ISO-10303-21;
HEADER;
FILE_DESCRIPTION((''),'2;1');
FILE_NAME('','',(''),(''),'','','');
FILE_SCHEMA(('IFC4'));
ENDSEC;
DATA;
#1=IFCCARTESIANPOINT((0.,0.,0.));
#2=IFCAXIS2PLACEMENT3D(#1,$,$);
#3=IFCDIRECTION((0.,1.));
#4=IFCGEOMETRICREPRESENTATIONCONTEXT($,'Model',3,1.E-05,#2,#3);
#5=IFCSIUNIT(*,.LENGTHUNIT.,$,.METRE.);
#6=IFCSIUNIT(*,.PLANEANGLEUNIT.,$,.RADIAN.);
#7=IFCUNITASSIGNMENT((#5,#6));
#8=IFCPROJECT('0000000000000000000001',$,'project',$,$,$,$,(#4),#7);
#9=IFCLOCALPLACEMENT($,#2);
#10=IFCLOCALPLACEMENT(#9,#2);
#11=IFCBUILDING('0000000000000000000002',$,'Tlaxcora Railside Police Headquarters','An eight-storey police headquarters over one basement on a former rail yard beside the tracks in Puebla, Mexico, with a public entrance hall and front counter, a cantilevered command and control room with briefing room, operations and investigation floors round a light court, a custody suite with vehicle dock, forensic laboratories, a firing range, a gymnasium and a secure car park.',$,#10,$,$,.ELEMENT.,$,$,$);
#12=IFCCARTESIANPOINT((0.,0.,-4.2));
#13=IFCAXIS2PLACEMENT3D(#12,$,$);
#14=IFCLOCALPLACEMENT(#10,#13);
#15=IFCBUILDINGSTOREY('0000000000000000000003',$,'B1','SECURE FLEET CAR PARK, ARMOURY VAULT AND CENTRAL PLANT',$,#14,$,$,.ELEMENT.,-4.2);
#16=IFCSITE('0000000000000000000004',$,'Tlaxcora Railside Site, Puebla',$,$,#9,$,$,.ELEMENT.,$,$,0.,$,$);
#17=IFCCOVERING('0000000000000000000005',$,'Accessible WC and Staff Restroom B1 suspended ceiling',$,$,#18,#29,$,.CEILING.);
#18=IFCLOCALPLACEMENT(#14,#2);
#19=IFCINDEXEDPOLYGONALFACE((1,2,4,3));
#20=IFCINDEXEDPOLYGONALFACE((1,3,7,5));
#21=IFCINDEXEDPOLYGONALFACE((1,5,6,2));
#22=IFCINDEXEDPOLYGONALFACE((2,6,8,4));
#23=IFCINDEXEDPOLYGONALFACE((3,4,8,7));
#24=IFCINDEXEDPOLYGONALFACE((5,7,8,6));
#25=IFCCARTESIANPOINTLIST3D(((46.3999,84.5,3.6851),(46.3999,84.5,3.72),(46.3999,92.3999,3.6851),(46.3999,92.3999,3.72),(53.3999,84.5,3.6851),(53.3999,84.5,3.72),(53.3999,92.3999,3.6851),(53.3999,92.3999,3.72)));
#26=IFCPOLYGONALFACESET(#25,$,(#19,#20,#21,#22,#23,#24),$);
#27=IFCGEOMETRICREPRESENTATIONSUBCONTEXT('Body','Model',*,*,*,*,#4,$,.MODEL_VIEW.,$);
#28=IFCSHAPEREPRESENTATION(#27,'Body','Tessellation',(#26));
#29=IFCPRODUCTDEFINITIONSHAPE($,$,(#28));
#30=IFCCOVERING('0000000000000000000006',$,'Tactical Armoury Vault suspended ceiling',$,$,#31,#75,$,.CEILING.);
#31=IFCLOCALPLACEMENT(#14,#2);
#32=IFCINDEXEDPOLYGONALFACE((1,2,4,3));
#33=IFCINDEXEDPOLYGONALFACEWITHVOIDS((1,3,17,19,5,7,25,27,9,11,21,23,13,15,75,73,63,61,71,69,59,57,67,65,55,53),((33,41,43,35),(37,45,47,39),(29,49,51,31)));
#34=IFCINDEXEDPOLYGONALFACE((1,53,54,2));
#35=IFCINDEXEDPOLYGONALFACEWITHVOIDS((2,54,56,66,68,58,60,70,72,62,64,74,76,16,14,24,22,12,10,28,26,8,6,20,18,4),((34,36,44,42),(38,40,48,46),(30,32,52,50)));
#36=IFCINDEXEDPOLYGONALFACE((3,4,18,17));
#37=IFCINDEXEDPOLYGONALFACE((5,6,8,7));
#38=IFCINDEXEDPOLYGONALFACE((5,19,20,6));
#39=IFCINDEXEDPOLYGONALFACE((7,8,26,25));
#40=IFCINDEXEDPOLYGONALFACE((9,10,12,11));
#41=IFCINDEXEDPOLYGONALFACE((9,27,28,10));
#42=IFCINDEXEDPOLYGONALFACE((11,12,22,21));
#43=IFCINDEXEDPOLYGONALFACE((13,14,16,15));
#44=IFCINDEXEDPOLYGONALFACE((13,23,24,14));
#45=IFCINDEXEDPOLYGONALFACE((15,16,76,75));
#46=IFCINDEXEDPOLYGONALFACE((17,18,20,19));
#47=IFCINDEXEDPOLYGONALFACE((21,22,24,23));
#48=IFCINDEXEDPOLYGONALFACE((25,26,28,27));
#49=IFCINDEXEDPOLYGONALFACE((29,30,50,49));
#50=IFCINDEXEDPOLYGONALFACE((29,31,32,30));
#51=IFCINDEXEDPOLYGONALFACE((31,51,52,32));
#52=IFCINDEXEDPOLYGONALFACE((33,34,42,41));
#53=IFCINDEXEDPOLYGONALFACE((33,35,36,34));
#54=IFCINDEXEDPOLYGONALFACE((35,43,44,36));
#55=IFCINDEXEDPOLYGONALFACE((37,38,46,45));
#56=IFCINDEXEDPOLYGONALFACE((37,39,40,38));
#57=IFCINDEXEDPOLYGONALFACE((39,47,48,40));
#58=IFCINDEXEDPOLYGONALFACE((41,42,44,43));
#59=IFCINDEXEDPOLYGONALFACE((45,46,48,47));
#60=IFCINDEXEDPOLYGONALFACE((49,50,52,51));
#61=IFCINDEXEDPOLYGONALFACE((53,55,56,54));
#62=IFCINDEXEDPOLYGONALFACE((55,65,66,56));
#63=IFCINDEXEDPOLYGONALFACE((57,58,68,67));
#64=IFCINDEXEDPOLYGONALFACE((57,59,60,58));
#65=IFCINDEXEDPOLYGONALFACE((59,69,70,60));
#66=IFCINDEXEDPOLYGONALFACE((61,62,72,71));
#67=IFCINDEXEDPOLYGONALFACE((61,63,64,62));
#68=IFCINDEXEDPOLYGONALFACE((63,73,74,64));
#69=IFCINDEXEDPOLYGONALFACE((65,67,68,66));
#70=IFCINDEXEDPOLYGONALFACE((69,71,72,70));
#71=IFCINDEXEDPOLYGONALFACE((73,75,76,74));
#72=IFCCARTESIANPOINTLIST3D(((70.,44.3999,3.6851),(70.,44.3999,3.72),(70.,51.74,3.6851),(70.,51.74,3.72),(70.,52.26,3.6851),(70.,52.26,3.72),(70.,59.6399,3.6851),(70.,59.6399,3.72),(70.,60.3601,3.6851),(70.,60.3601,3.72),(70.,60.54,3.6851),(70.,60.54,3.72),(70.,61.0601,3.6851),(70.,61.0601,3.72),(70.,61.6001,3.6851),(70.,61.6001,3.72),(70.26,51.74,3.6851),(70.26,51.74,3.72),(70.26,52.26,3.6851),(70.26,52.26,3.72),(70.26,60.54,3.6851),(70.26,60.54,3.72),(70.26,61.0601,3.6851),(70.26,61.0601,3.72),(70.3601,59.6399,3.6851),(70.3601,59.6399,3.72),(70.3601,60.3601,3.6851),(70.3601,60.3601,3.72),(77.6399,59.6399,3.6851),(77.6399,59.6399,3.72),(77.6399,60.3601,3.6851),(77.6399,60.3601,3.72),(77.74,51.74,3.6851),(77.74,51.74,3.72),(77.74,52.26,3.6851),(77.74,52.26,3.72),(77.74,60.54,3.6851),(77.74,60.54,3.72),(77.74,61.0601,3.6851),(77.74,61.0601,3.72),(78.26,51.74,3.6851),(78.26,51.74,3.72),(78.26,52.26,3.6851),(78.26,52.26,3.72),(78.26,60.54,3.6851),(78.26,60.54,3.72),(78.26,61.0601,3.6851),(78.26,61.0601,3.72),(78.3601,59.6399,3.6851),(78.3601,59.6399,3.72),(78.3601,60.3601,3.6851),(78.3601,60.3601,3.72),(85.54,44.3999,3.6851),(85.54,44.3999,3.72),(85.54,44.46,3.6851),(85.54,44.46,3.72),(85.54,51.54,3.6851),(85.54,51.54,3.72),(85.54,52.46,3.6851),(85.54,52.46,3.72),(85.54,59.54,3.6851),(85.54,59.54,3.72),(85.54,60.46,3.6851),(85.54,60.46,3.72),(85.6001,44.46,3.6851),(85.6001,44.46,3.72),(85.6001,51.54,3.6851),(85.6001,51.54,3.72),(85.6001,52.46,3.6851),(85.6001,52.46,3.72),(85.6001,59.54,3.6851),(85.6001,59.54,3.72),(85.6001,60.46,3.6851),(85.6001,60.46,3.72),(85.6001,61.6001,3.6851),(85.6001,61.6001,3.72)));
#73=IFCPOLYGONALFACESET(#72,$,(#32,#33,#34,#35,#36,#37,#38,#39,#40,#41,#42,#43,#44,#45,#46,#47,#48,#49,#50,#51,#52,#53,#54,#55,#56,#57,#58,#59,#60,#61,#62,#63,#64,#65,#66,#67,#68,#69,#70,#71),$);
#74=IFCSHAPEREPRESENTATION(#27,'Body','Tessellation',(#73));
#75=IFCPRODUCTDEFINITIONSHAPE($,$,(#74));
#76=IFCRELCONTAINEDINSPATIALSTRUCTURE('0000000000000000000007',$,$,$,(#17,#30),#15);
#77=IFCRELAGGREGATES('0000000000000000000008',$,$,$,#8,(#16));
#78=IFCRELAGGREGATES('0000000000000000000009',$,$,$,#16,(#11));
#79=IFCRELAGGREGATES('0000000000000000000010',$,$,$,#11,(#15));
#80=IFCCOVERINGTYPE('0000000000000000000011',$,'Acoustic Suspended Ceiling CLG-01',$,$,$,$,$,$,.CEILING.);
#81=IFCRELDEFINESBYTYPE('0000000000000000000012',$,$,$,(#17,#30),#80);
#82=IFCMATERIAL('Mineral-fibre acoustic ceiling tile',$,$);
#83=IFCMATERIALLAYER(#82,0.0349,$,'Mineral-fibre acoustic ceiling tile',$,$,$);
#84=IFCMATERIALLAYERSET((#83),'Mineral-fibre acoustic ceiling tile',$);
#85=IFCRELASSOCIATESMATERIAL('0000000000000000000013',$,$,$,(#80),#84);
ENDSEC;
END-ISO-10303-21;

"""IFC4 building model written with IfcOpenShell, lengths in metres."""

from ifc_helpers import new_model, si_unit, direction, frame, origin, place, context, subcontext, project, spatial, polyline, outline, extrude, material, layer, layer_set, type_object, element, save


model = new_model("IFC4")

# Units and contexts
model_context = context("Model", 3, precision=1e-05, world=origin(), true_north=direction((0.0, 1.0)))
body_context = subcontext(model_context, "Body", "Model", "MODEL_VIEW")
ifc_project = project(units=[si_unit("LENGTHUNIT", "METRE"), si_unit("PLANEANGLEUNIT", "RADIAN")], contexts=[model_context])

# Site, building, storey
site_placement = place(None, origin())
site = spatial("IfcSite", under=ifc_project, at=site_placement, Name="Tlaxcora Railside Site, Puebla", CompositionType="ELEMENT", RefElevation=0.0)
building_placement = place(site_placement, origin())
building = spatial("IfcBuilding", under=site, at=building_placement, Name="Tlaxcora Railside Police Headquarters", Description="An eight-storey police headquarters over one basement on a former rail yard beside the tracks in Puebla, Mexico, with a public entrance hall and front counter, a cantilevered command and control room with briefing room, operations and investigation floors round a light court, a custody suite with vehicle dock, forensic laboratories, a firing range, a gymnasium and a secure car park.", CompositionType="ELEMENT")
storey_placement = place(building_placement, frame((0.0, 0.0, -4.2)))
storey = spatial("IfcBuildingStorey", under=building, at=storey_placement, Name="B1", Description="SECURE FLEET CAR PARK, ARMOURY VAULT AND CENTRAL PLANT", CompositionType="ELEMENT", Elevation=-4.2)

# Coverings
ifc_material_1 = material(Name="Mineral-fibre acoustic ceiling tile")
ifc_layer_1 = layer(ifc_material_1, 0.0349, Name="Mineral-fibre acoustic ceiling tile")
ifc_layer_set_1 = layer_set([ifc_layer_1], Name="Mineral-fibre acoustic ceiling tile")
covering_type = type_object("IfcCoveringType", Name="Acoustic Suspended Ceiling CLG-01", PredefinedType="CEILING", material=ifc_layer_set_1)
covering_1_placement = place(storey_placement, frame((0.0, 0.0, 3.6851)))
element("IfcCovering", 1, at=covering_1_placement, inside=storey, type_object=covering_type, Name="Accessible WC and Staff Restroom B1 suspended ceiling", PredefinedType="CEILING", context=body_context, shape_type="SweptSolid", body=[
    extrude(outline(polyline([(46.3999, 92.3999), (46.3999, 84.5), (53.3999, 84.5), (53.3999, 92.3999), (46.3999, 92.3999)])), origin(), (0.0, 0.0, 1.0), 0.0349),
])
covering_2_placement = place(storey_placement, frame((0.0, 0.0, 3.6851)))
element("IfcCovering", 2, at=covering_2_placement, inside=storey, type_object=covering_type, Name="Tactical Armoury Vault suspended ceiling", PredefinedType="CEILING", context=body_context, shape_type="SweptSolid", body=[
    extrude(outline(polyline([(70.3601, 59.6399), (70.0, 59.6399), (70.0, 52.26), (70.26, 52.26), (70.26, 51.74), (70.0, 51.74), (70.0, 44.3999), (85.54, 44.3999), (85.54, 44.46), (85.6001, 44.46), (85.6001, 51.54), (85.54, 51.54), (85.54, 52.46), (85.6001, 52.46), (85.6001, 59.54), (85.54, 59.54), (85.54, 60.46), (85.6001, 60.46), (85.6001, 61.6001), (70.0, 61.6001), (70.0, 61.0601), (70.26, 61.0601), (70.26, 60.54), (70.0, 60.54), (70.0, 60.3601), (70.3601, 60.3601), (70.3601, 59.6399)]), holes=[polyline([(78.26, 52.26), (78.26, 51.74), (77.74, 51.74), (77.74, 52.26), (78.26, 52.26)]), polyline([(78.3601, 59.6399), (77.6399, 59.6399), (77.6399, 60.3601), (78.3601, 60.3601), (78.3601, 59.6399)]), polyline([(77.74, 60.54), (77.74, 61.0601), (78.26, 61.0601), (78.26, 60.54), (77.74, 60.54)])]), origin(), (0.0, 0.0, 1.0), 0.0349),
])

save(model, "model.ifc")
